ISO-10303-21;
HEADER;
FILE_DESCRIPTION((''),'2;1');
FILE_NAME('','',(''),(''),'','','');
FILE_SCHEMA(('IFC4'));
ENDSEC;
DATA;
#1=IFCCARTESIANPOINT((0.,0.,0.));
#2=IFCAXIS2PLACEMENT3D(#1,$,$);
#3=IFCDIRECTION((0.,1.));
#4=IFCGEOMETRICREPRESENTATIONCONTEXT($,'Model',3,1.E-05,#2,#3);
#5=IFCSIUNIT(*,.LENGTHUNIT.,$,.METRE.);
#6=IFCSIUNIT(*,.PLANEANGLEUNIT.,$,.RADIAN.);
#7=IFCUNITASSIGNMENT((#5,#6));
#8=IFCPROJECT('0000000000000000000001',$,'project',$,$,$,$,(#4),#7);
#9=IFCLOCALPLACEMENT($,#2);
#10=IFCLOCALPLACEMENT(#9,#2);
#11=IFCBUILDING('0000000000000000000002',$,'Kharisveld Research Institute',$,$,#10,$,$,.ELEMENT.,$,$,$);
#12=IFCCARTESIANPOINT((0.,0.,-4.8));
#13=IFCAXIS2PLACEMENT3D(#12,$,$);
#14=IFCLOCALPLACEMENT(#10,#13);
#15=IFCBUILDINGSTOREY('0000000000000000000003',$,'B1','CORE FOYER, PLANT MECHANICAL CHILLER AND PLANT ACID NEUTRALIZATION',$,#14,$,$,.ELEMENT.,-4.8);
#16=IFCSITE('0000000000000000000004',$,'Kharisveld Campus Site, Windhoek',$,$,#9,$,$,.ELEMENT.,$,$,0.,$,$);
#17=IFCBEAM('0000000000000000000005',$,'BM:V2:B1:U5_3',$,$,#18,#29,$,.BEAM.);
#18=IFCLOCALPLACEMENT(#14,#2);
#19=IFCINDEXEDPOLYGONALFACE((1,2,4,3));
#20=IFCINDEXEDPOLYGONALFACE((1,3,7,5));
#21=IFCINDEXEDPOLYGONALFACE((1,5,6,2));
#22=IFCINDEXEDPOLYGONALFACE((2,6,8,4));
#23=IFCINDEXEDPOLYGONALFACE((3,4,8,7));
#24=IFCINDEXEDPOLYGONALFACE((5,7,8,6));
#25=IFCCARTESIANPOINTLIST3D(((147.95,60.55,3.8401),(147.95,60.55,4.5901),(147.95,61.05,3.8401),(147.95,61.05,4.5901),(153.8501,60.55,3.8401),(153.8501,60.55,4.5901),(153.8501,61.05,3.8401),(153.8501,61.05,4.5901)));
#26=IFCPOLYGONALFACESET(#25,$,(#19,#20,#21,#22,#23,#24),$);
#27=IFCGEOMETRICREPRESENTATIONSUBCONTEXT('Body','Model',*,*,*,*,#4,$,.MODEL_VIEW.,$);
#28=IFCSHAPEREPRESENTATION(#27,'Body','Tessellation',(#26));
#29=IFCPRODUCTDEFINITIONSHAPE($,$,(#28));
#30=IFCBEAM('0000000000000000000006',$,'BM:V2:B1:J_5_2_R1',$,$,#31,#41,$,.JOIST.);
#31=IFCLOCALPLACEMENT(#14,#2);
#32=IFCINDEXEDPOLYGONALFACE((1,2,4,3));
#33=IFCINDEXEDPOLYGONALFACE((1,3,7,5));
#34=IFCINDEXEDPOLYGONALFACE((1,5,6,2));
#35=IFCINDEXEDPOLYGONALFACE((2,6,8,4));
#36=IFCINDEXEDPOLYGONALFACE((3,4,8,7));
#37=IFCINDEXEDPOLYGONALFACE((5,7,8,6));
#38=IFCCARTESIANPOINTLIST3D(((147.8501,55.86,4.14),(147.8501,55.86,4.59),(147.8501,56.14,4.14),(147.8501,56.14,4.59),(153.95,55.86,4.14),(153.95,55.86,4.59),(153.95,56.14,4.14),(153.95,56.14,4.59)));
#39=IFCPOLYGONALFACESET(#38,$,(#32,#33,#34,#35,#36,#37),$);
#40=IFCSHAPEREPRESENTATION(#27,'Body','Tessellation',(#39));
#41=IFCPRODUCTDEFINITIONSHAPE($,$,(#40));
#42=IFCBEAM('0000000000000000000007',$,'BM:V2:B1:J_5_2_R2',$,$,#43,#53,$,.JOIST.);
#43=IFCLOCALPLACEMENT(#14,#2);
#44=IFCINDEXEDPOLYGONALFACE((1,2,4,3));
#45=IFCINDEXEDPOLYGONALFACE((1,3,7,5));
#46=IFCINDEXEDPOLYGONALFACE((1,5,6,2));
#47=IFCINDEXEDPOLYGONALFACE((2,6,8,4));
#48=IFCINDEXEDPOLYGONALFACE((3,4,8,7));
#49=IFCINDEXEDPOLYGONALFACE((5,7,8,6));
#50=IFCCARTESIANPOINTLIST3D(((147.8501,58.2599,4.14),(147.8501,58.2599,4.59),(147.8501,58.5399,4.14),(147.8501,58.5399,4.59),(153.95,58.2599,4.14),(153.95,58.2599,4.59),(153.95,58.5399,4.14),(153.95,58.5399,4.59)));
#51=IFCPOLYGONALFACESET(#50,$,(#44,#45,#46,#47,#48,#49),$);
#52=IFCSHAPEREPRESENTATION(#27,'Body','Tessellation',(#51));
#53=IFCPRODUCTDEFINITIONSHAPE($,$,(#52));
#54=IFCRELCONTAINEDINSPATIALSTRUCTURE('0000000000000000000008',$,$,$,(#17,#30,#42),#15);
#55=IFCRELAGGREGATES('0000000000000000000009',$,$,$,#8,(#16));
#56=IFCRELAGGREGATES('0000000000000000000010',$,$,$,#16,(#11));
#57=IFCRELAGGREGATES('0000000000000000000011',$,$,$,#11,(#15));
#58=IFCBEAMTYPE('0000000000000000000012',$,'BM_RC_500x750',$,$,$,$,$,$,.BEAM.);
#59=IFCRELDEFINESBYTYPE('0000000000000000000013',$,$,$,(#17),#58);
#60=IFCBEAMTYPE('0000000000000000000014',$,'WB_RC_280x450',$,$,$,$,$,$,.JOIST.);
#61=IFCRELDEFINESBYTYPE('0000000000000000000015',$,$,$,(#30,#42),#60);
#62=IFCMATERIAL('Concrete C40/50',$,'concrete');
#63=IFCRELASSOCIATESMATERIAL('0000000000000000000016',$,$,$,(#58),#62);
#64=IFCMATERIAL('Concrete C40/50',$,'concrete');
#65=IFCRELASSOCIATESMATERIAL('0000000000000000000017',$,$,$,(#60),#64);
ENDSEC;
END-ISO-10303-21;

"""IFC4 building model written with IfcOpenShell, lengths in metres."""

from ifc_helpers import new_model, si_unit, direction, frame, origin, origin_2d, place, context, subcontext, project, spatial, rectangle, extrude, material, material_profile, profile_set, type_object, element, save


model = new_model("IFC4")

# Units and contexts
model_context = context("Model", 3, precision=1e-05, world=origin(), true_north=direction((0.0, 1.0)))
body_context = subcontext(model_context, "Body", "Model", "MODEL_VIEW")
ifc_project = project(units=[si_unit("LENGTHUNIT", "METRE"), si_unit("PLANEANGLEUNIT", "RADIAN")], contexts=[model_context])

# Site, building, storey
site_placement = place(None, origin())
site = spatial("IfcSite", under=ifc_project, at=site_placement, Name="Kharisveld Campus Site, Windhoek", CompositionType="ELEMENT", RefElevation=0.0)
building_placement = place(site_placement, origin())
building = spatial("IfcBuilding", under=site, at=building_placement, Name="Kharisveld Research Institute", CompositionType="ELEMENT")
storey_placement = place(building_placement, frame((0.0, 0.0, -4.8)))
storey = spatial("IfcBuildingStorey", under=building, at=storey_placement, Name="B1", Description="CORE FOYER, PLANT MECHANICAL CHILLER AND PLANT ACID NEUTRALIZATION", CompositionType="ELEMENT", Elevation=-4.8)

# Beams
ifc_material_1 = material(Name="Concrete C40/50", Category="concrete")
ifc_material_profile_1 = material_profile(ifc_material_1, rectangle(XDim=0.5, YDim=0.75, at=origin_2d()))
ifc_profile_set_1 = profile_set([ifc_material_profile_1], Name="Concrete C40/50")
beam_type_1 = type_object("IfcBeamType", Name="BM_RC_500x750", PredefinedType="BEAM", material=ifc_profile_set_1)
beam_1_placement = place(storey_placement, frame((147.95, 60.8, 4.2151), z_axis=(1.0, 0.0, 0.0), x_axis=(0.0, 1.0, 0.0)))
element("IfcBeam", 1, at=beam_1_placement, inside=storey, type_object=beam_type_1, Name="BM:V2:B1:U5_3", PredefinedType="BEAM", context=body_context, shape_type="SweptSolid", body=[
    extrude(rectangle(XDim=0.5, YDim=0.75, at=origin_2d()), origin(), (0.0, 0.0, 1.0), 5.9001),
])
ifc_material_2 = material(Name="Concrete C40/50", Category="concrete")
ifc_material_profile_2 = material_profile(ifc_material_2, rectangle(XDim=0.28, YDim=0.45, at=origin_2d()))
ifc_profile_set_2 = profile_set([ifc_material_profile_2], Name="Concrete C40/50")
beam_type_2 = type_object("IfcBeamType", Name="WB_RC_280x450", PredefinedType="JOIST", material=ifc_profile_set_2)
for number, where, z_axis, x_axis, name in (
    (2, (147.8501, 56.0, 4.365), (1.0, 0.0, 0.0), (0.0, 1.0, 0.0), "BM:V2:B1:J_5_2_R1"),
    (3, (147.8501, 58.3999, 4.365), (1.0, 0.0, 0.0), (0.0, 1.0, 0.0), "BM:V2:B1:J_5_2_R2"),
):
    element("IfcBeam", number, at=place(storey_placement, frame(where, z_axis=z_axis, x_axis=x_axis)), inside=storey, type_object=beam_type_2, Name=name, PredefinedType="JOIST", context=body_context, shape_type="SweptSolid", body=[
        extrude(rectangle(XDim=0.28, YDim=0.45, at=origin_2d()), origin(), (0.0, 0.0, 1.0), 6.0999),
    ])

save(model, "model.ifc")
